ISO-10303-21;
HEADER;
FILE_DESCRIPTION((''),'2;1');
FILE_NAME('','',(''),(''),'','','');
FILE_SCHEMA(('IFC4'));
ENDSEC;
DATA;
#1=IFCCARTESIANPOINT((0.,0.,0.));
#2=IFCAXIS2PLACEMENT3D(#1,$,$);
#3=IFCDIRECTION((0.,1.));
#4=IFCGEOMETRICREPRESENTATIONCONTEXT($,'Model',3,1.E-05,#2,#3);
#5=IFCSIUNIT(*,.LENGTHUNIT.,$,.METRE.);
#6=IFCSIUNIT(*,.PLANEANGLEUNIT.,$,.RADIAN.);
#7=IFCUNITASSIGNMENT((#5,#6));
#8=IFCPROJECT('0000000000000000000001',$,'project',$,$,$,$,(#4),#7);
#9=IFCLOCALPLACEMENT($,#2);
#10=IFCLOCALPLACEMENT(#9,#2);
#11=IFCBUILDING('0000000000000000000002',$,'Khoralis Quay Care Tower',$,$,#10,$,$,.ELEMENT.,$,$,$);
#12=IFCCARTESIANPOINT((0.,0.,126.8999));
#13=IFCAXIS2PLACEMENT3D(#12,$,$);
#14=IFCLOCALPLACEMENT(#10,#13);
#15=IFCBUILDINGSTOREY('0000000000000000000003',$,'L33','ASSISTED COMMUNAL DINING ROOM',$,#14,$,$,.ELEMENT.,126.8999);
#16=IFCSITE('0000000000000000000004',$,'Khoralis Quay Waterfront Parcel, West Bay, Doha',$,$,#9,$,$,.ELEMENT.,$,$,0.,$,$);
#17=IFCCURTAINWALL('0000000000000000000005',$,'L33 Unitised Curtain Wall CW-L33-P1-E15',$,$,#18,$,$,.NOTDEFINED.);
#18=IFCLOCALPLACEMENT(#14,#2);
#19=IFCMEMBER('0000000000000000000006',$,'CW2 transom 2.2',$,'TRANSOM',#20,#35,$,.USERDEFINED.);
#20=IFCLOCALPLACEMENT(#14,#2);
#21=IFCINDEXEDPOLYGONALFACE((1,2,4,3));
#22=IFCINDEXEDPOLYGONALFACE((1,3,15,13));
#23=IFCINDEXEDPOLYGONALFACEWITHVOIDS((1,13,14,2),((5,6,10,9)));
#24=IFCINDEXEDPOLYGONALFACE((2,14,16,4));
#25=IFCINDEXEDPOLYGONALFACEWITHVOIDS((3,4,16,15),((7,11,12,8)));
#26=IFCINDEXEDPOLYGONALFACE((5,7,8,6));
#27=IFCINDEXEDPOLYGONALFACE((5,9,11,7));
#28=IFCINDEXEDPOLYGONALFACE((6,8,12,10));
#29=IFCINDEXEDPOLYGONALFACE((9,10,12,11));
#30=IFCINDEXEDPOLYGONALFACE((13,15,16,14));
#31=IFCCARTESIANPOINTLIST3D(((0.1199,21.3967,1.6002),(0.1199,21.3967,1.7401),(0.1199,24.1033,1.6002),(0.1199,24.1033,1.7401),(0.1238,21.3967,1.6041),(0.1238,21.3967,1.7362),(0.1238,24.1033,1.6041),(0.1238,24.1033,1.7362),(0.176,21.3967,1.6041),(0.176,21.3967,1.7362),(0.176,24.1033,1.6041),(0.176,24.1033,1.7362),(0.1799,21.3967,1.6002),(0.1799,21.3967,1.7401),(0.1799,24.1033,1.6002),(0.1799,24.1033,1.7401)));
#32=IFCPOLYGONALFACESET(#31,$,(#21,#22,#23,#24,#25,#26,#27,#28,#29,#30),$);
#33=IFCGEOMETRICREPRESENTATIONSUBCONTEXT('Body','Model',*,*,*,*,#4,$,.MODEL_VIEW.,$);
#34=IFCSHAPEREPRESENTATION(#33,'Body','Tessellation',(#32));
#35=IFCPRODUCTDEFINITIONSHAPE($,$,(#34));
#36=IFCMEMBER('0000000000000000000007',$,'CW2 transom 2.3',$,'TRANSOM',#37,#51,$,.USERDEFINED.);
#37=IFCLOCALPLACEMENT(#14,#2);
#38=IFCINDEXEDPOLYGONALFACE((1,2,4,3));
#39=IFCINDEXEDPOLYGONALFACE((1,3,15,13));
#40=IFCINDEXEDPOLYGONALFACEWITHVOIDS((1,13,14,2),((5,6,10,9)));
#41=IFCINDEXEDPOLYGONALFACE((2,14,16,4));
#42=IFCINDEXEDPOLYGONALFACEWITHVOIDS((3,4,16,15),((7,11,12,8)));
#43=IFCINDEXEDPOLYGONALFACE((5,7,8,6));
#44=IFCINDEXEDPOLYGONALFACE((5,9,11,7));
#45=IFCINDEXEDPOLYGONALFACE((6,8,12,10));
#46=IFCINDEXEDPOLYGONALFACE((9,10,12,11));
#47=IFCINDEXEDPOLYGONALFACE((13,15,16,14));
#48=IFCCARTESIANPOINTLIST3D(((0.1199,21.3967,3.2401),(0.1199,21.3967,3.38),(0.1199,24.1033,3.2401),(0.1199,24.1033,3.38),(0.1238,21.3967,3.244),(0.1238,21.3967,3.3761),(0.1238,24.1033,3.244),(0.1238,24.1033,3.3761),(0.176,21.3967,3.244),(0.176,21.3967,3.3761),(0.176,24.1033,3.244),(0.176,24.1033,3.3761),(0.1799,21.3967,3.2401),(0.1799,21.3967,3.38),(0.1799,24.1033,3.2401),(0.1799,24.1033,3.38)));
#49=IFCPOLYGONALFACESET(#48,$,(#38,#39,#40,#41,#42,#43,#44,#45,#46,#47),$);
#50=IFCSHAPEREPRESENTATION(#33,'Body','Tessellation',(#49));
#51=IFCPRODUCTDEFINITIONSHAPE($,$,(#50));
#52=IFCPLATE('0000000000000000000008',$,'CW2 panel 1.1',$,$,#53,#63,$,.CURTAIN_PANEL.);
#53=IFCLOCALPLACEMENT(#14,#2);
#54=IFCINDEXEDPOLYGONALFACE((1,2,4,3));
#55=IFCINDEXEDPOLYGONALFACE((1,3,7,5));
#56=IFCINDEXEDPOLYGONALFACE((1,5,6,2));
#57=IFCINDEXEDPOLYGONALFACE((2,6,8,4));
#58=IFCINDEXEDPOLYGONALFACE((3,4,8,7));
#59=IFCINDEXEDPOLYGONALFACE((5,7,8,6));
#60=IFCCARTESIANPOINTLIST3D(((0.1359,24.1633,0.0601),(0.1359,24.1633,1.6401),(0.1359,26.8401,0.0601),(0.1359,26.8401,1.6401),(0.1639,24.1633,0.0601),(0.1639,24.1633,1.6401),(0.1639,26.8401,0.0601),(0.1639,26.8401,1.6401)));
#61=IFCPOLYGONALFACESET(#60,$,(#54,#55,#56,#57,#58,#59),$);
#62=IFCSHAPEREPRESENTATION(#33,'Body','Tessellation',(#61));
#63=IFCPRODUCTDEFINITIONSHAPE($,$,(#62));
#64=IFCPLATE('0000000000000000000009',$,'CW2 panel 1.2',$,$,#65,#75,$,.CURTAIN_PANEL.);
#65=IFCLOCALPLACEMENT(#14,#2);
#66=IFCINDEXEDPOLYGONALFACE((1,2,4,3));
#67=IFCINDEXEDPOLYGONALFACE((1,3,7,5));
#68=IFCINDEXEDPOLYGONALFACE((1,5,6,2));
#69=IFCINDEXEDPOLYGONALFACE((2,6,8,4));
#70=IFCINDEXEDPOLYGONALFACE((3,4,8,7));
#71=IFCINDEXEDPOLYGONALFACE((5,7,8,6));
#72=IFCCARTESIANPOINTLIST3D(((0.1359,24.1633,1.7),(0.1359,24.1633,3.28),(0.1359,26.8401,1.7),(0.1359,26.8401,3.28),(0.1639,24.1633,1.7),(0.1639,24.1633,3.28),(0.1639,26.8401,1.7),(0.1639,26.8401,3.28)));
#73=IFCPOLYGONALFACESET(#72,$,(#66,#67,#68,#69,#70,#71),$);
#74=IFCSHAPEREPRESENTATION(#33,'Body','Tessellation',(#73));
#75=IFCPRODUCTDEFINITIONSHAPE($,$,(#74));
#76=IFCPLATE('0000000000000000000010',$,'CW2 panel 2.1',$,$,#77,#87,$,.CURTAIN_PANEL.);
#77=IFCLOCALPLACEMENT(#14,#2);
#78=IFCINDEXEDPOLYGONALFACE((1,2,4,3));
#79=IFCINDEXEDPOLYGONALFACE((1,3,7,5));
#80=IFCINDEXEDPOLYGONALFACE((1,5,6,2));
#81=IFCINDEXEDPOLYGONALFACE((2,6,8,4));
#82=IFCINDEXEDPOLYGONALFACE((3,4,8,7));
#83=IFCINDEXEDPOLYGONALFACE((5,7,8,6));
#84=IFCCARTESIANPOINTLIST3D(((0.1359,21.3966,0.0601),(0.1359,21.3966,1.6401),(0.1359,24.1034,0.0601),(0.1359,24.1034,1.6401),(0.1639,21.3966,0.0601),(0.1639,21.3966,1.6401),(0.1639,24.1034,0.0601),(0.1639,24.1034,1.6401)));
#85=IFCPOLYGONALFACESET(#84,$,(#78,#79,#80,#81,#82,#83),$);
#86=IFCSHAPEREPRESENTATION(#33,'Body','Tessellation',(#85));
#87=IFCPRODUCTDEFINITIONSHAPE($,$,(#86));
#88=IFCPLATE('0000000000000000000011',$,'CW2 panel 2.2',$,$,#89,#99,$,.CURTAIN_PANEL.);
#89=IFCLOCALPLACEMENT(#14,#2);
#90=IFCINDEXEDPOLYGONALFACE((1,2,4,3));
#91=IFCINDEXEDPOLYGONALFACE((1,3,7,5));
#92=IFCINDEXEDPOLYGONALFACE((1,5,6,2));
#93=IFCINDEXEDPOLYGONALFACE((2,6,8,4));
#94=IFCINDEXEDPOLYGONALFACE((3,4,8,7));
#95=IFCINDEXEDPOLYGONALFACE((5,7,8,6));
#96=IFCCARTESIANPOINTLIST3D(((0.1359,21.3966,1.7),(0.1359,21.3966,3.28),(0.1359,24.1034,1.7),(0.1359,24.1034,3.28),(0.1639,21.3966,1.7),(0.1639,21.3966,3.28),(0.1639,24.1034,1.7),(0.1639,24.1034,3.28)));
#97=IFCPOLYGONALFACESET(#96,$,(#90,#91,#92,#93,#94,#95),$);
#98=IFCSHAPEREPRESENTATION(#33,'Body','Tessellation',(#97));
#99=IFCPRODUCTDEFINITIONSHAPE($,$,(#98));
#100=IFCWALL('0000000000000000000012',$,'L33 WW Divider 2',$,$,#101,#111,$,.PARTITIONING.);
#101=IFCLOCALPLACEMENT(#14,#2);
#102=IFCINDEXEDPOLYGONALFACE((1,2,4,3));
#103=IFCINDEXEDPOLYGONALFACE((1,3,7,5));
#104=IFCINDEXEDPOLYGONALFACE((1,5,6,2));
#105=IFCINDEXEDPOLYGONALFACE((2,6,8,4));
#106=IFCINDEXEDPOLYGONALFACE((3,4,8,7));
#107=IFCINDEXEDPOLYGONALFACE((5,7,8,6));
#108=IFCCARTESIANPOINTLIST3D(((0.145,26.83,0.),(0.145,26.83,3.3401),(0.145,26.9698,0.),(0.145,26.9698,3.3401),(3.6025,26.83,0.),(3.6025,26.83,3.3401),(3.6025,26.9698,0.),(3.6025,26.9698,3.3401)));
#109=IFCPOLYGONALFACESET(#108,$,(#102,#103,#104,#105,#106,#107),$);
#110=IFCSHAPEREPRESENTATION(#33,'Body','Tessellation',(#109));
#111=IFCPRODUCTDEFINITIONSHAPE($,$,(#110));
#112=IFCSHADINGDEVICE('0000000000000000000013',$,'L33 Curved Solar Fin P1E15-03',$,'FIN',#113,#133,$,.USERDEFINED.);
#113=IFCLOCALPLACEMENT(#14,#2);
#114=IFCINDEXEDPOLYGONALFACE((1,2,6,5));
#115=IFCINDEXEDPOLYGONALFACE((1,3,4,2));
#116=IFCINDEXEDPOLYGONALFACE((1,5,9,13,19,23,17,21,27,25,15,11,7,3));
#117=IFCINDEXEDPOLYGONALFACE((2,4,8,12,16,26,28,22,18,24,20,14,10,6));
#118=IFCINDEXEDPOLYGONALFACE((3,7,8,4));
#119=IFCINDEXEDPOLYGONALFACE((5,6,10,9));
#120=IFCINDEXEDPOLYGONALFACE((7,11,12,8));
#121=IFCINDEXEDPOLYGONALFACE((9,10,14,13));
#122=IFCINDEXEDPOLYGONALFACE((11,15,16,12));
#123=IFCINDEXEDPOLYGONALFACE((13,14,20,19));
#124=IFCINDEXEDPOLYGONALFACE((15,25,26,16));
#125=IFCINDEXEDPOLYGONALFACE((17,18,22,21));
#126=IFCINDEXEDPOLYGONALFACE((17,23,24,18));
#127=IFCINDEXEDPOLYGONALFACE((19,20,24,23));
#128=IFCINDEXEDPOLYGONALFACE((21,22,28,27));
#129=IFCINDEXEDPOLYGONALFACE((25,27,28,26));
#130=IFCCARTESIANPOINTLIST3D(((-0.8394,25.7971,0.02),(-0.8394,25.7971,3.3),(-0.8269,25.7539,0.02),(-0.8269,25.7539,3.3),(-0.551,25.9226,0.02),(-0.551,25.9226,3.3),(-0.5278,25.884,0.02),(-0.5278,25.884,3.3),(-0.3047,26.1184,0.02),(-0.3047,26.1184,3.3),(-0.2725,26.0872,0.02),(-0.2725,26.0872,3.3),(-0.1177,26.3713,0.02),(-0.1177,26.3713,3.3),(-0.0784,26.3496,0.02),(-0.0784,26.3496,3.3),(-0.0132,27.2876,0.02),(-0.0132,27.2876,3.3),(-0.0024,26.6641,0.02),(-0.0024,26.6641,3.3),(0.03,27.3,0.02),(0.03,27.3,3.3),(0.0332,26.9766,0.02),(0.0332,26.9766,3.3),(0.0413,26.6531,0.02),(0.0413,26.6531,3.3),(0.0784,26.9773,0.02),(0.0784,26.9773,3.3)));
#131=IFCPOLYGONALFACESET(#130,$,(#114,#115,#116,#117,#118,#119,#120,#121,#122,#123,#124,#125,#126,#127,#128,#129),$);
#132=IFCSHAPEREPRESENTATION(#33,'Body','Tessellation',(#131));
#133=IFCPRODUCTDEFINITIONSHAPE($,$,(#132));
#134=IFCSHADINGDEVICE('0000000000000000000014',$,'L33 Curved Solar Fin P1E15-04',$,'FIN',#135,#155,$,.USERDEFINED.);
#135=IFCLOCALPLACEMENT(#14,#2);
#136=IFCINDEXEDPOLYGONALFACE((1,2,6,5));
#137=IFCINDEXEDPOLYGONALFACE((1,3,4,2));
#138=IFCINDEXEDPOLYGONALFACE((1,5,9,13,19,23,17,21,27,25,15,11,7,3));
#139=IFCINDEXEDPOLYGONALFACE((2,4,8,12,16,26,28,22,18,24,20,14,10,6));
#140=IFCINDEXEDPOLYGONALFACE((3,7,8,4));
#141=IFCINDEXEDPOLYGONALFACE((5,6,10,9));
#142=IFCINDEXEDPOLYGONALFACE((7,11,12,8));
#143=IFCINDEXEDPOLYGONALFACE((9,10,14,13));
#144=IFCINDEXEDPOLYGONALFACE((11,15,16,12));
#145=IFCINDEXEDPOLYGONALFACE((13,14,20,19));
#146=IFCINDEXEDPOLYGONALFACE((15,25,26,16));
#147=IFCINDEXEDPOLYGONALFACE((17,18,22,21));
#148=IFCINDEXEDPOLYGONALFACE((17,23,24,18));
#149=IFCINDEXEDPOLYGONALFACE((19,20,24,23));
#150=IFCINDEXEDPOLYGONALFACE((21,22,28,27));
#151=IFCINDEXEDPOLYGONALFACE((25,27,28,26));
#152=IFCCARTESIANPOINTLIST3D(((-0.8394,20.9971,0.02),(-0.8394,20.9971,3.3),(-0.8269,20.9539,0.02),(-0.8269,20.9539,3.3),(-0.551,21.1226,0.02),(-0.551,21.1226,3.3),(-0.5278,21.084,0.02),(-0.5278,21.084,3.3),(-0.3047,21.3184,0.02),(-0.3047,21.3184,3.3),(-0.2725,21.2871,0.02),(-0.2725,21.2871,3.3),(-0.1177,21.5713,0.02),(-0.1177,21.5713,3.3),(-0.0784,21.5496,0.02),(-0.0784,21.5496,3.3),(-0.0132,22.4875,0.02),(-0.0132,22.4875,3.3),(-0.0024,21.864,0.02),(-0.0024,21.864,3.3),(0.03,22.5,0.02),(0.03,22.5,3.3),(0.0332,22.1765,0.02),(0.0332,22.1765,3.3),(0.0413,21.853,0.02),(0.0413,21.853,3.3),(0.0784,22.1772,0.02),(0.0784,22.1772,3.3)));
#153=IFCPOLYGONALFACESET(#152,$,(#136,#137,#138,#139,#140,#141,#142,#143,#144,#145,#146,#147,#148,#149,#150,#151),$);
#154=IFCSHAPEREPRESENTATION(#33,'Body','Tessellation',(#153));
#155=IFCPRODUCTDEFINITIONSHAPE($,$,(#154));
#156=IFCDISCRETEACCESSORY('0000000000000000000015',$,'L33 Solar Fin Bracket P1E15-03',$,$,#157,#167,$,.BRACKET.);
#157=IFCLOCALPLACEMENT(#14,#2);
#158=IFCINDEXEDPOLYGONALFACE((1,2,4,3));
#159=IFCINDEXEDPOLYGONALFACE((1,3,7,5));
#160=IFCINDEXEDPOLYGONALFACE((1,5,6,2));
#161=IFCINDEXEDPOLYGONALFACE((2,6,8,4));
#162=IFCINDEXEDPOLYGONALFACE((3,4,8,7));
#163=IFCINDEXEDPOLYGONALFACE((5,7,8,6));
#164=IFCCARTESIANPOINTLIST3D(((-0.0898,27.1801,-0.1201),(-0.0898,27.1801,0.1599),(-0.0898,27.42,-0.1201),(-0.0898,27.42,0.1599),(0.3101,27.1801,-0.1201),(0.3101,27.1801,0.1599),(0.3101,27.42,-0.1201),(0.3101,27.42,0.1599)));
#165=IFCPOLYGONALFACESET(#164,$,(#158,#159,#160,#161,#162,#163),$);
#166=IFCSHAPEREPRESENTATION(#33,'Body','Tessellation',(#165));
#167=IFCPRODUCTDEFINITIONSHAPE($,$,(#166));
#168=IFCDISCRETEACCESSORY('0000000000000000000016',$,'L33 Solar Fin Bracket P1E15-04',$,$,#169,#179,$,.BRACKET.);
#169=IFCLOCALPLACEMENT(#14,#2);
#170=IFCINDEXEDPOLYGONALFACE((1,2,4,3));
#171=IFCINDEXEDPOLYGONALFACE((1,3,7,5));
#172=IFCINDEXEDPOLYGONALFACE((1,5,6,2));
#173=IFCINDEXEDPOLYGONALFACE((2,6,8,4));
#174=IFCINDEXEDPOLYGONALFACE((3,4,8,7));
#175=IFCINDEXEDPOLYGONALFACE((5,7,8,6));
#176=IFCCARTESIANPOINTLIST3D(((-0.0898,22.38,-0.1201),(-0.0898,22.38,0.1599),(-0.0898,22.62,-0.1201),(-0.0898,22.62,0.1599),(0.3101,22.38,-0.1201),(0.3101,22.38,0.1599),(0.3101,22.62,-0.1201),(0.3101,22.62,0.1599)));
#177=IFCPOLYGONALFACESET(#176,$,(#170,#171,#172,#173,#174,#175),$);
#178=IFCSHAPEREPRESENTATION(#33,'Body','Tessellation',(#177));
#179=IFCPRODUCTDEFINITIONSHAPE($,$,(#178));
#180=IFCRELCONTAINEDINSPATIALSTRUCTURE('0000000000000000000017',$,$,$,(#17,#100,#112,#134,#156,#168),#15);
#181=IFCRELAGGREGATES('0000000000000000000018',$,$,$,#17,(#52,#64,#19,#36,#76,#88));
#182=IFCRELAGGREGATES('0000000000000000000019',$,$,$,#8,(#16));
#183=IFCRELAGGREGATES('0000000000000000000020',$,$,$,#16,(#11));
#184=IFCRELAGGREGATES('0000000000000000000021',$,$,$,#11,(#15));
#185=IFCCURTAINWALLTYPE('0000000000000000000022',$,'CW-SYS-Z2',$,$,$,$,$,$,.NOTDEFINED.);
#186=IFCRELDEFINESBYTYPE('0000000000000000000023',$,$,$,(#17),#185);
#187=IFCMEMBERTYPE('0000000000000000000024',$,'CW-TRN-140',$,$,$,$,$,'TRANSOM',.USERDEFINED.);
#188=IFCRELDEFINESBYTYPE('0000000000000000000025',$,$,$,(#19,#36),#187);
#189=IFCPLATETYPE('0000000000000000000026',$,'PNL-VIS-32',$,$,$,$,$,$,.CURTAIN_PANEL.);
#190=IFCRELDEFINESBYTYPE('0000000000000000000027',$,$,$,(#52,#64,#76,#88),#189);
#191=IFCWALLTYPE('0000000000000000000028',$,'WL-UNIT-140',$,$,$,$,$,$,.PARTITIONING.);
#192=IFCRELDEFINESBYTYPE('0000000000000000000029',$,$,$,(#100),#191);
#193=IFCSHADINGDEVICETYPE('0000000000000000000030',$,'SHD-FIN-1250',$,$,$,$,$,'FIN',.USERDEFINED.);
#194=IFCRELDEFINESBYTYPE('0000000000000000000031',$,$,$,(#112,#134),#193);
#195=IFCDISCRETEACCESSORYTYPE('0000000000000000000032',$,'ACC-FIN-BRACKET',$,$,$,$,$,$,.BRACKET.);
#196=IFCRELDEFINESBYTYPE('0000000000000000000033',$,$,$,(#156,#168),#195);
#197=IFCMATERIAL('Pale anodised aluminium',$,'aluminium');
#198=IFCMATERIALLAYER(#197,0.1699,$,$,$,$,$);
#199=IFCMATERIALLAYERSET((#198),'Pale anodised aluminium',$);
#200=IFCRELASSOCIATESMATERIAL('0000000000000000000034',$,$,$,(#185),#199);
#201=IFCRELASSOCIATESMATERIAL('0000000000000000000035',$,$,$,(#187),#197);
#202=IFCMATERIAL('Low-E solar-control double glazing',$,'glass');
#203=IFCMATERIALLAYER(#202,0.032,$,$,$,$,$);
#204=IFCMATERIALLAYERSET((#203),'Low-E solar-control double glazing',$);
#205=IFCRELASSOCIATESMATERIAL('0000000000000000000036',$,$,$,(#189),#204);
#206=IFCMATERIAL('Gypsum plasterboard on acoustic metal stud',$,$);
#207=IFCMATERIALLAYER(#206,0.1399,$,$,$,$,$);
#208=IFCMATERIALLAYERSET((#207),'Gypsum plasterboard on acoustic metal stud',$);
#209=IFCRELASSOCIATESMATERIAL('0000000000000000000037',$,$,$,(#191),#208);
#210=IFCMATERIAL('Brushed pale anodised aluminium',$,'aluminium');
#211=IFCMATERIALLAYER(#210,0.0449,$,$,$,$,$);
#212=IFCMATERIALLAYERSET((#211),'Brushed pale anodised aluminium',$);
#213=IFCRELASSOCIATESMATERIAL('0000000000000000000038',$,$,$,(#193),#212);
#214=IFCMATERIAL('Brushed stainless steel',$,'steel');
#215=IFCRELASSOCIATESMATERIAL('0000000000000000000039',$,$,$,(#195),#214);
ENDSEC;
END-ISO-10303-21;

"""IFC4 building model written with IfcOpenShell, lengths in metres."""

from ifc_helpers import new_model, si_unit, direction, frame, frame_2d, origin, origin_2d, place, context, subcontext, project, spatial, polyline, rectangle, hollow_rectangle, outline, extrude, source, transform, mapped, material, layer, layer_set, material_profile, profile_set, type_object, element, aggregate, save


model = new_model("IFC4")

# Units and contexts
model_context = context("Model", 3, precision=1e-05, world=origin(), true_north=direction((0.0, 1.0)))
body_context = subcontext(model_context, "Body", "Model", "MODEL_VIEW")
ifc_project = project(units=[si_unit("LENGTHUNIT", "METRE"), si_unit("PLANEANGLEUNIT", "RADIAN")], contexts=[model_context])

# Site, building, storey
site_placement = place(None, origin())
site = spatial("IfcSite", under=ifc_project, at=site_placement, Name="Khoralis Quay Waterfront Parcel, West Bay, Doha", CompositionType="ELEMENT", RefElevation=0.0)
building_placement = place(site_placement, origin())
building = spatial("IfcBuilding", under=site, at=building_placement, Name="Khoralis Quay Care Tower", CompositionType="ELEMENT")
storey_placement = place(building_placement, frame((0.0, 0.0, 126.8999)))
storey = spatial("IfcBuildingStorey", under=building, at=storey_placement, Name="L33", Description="ASSISTED COMMUNAL DINING ROOM", CompositionType="ELEMENT", Elevation=126.8999)

# Curtain wall, members, plates
ifc_material_1 = material(Name="Pale anodised aluminium", Category="aluminium")
ifc_layer_1 = layer(ifc_material_1, 0.1699)
ifc_layer_set_1 = layer_set([ifc_layer_1], Name="Pale anodised aluminium")
curtain_wall_type = type_object("IfcCurtainWallType", Name="CW-SYS-Z2", PredefinedType="NOTDEFINED", material=ifc_layer_set_1)
curtain_wall_placement = place(storey_placement, origin())
curtain_wall = element("IfcCurtainWall", 1, at=curtain_wall_placement, inside=storey, type_object=curtain_wall_type, Name="L33 Unitised Curtain Wall CW-L33-P1-E15", PredefinedType="NOTDEFINED")
ifc_material_profile_1 = material_profile(ifc_material_1, hollow_rectangle(XDim=0.0601, YDim=0.1399, WallThickness=0.0039, at=origin_2d()), Name="Pale anodised aluminium")
ifc_profile_set_1 = profile_set([ifc_material_profile_1], Name="Pale anodised aluminium")
member_type_1 = type_object("IfcMemberType", Name="CW-TRN-140", ElementType="TRANSOM", PredefinedType="USERDEFINED", material=ifc_profile_set_1)
shared_shape_1 = source(origin(), body_context, "Body", "SweptSolid", [
    extrude(hollow_rectangle(XDim=0.0601, YDim=0.1399, WallThickness=0.0039, at=origin_2d()), origin(), (0.0, 0.0, 1.0), 2.7065),
])
member_1_placement = place(storey_placement, frame((0.1499, 24.1033, 1.6702), z_axis=(0.0, -1.0, 0.0), x_axis=(1.0, 0.0, 0.0)))
member_1 = element("IfcMember", 2, at=member_1_placement, type_object=member_type_1, Name="CW2 transom 2.2", ObjectType="TRANSOM", PredefinedType="USERDEFINED", context=body_context, shape_type="MappedRepresentation", body=[
    mapped(shared_shape_1, transform((0.0, 0.0, 0.0), scale=1.0)),
])
member_2_placement = place(storey_placement, frame((0.1499, 24.1033, 3.3101), z_axis=(0.0, -1.0, 0.0), x_axis=(1.0, 0.0, 0.0)))
member_2 = element("IfcMember", 3, at=member_2_placement, type_object=member_type_1, Name="CW2 transom 2.3", ObjectType="TRANSOM", PredefinedType="USERDEFINED", context=body_context, shape_type="MappedRepresentation", body=[
    mapped(shared_shape_1, transform((0.0, 0.0, 0.0), scale=1.0)),
])
ifc_material_2 = material(Name="Low-E solar-control double glazing", Category="glass")
ifc_layer_2 = layer(ifc_material_2, 0.032)
ifc_layer_set_2 = layer_set([ifc_layer_2], Name="Low-E solar-control double glazing")
plate_type = type_object("IfcPlateType", Name="PNL-VIS-32", PredefinedType="CURTAIN_PANEL", material=ifc_layer_set_2)
shared_shape_2 = source(origin(), body_context, "Body", "SweptSolid", [
    extrude(rectangle(XDim=2.6768, YDim=0.0281, at=origin_2d()), origin(), (0.0, 0.0, 1.0), 1.5801),
])
plate_1_placement = place(storey_placement, frame((0.1499, 25.5017, 0.0601), z_axis=(0.0, 0.0, 1.0), x_axis=(0.0, -1.0, 0.0)))
plate_1 = element("IfcPlate", 4, at=plate_1_placement, type_object=plate_type, Name="CW2 panel 1.1", PredefinedType="CURTAIN_PANEL", context=body_context, shape_type="MappedRepresentation", body=[
    mapped(shared_shape_2, transform((0.0, 0.0, 0.0), scale=1.0)),
])
plate_2_placement = place(storey_placement, frame((0.1499, 25.5017, 1.7), z_axis=(0.0, 0.0, 1.0), x_axis=(0.0, -1.0, 0.0)))
plate_2 = element("IfcPlate", 5, at=plate_2_placement, type_object=plate_type, Name="CW2 panel 1.2", PredefinedType="CURTAIN_PANEL", context=body_context, shape_type="MappedRepresentation", body=[
    mapped(shared_shape_2, transform((0.0, 0.0, 0.0), scale=1.0)),
])
shared_shape_3 = source(origin(), body_context, "Body", "SweptSolid", [
    extrude(rectangle(XDim=2.7068, YDim=0.0281, at=origin_2d()), origin(), (0.0, 0.0, 1.0), 1.5801),
])
plate_3_placement = place(storey_placement, frame((0.1499, 22.75, 0.0601), z_axis=(0.0, 0.0, 1.0), x_axis=(0.0, -1.0, 0.0)))
plate_3 = element("IfcPlate", 6, at=plate_3_placement, type_object=plate_type, Name="CW2 panel 2.1", PredefinedType="CURTAIN_PANEL", context=body_context, shape_type="MappedRepresentation", body=[
    mapped(shared_shape_3, transform((0.0, 0.0, 0.0), scale=1.0)),
])
plate_4_placement = place(storey_placement, frame((0.1499, 22.75, 1.7), z_axis=(0.0, 0.0, 1.0), x_axis=(0.0, -1.0, 0.0)))
plate_4 = element("IfcPlate", 7, at=plate_4_placement, type_object=plate_type, Name="CW2 panel 2.2", PredefinedType="CURTAIN_PANEL", context=body_context, shape_type="MappedRepresentation", body=[
    mapped(shared_shape_3, transform((0.0, 0.0, 0.0), scale=1.0)),
])
aggregate(curtain_wall, [plate_1, plate_2, member_1, member_2, plate_3, plate_4])

# Wall
ifc_material_3 = material(Name="Gypsum plasterboard on acoustic metal stud")
ifc_layer_3 = layer(ifc_material_3, 0.1399)
ifc_layer_set_3 = layer_set([ifc_layer_3], Name="Gypsum plasterboard on acoustic metal stud")
wall_type = type_object("IfcWallType", Name="WL-UNIT-140", PredefinedType="PARTITIONING", material=ifc_layer_set_3)
wall_placement = place(storey_placement, frame((0.145, 26.8999, 0.0), z_axis=(0.0, 0.0, 1.0), x_axis=(1.0, 0.0, 0.0)))
element("IfcWall", 8, at=wall_placement, inside=storey, type_object=wall_type, Name="L33 WW Divider 2", PredefinedType="PARTITIONING", context=body_context, shape_type="SweptSolid", body=[
    extrude(rectangle(XDim=3.4575, YDim=0.1399, at=frame_2d((1.7288, 0.0))), origin(), (0.0, 0.0, 1.0), 3.3401),
])

# Shading devices
ifc_material_4 = material(Name="Brushed pale anodised aluminium", Category="aluminium")
ifc_layer_4 = layer(ifc_material_4, 0.0449)
ifc_layer_set_4 = layer_set([ifc_layer_4], Name="Brushed pale anodised aluminium")
shading_device_type = type_object("IfcShadingDeviceType", Name="SHD-FIN-1250", ElementType="FIN", PredefinedType="USERDEFINED", material=ifc_layer_set_4)
shared_shape_4 = source(origin(), body_context, "Body", "SweptSolid", [
    extrude(outline(polyline([(0.0, 0.0), (-0.0483, 0.3228), (-0.0112, 0.647), (0.1084, 0.9504), (0.3025, 1.2129), (0.5579, 1.416), (0.8569, 1.5461), (0.8694, 1.5029), (0.5811, 1.3774), (0.3347, 1.1816), (0.1477, 0.9287), (0.0325, 0.636), (-0.0032, 0.3235), (0.0432, 0.0125), (0.0, 0.0)])), origin(), (0.0, 0.0, 1.0), 3.28),
])
for number, where, z_axis, x_axis, name in (
    (9, (0.03, 27.3, 0.02), (0.0, 0.0, 1.0), (-1.0, 0.0, 0.0), "L33 Curved Solar Fin P1E15-03"),
    (10, (0.03, 22.5, 0.02), (0.0, 0.0, 1.0), (-1.0, 0.0, 0.0), "L33 Curved Solar Fin P1E15-04"),
):
    element("IfcShadingDevice", number, at=place(storey_placement, frame(where, z_axis=z_axis, x_axis=x_axis)), inside=storey, type_object=shading_device_type, Name=name, ObjectType="FIN", PredefinedType="USERDEFINED", context=body_context, shape_type="MappedRepresentation", body=[
        mapped(shared_shape_4, transform((0.0, 0.0, 0.0), scale=1.0)),
    ])

# Discrete accessories
ifc_material_5 = material(Name="Brushed stainless steel", Category="steel")
discrete_accessory_type = type_object("IfcDiscreteAccessoryType", Name="ACC-FIN-BRACKET", PredefinedType="BRACKET", material=ifc_material_5)
shared_shape_5 = source(origin(), body_context, "Body", "SweptSolid", [
    extrude(rectangle(XDim=0.3999, YDim=0.24, at=origin_2d()), origin(), (0.0, 0.0, 1.0), 0.28),
])
for number, where, z_axis, x_axis, name in (
    (11, (0.1101, 27.3, -0.1201), (0.0, 0.0, 1.0), (-1.0, 0.0, 0.0), "L33 Solar Fin Bracket P1E15-03"),
    (12, (0.1101, 22.5, -0.1201), (0.0, 0.0, 1.0), (-1.0, 0.0, 0.0), "L33 Solar Fin Bracket P1E15-04"),
):
    element("IfcDiscreteAccessory", number, at=place(storey_placement, frame(where, z_axis=z_axis, x_axis=x_axis)), inside=storey, type_object=discrete_accessory_type, Name=name, PredefinedType="BRACKET", context=body_context, shape_type="MappedRepresentation", body=[
        mapped(shared_shape_5, transform((0.0, 0.0, 0.0), scale=1.0)),
    ])

save(model, "model.ifc")
